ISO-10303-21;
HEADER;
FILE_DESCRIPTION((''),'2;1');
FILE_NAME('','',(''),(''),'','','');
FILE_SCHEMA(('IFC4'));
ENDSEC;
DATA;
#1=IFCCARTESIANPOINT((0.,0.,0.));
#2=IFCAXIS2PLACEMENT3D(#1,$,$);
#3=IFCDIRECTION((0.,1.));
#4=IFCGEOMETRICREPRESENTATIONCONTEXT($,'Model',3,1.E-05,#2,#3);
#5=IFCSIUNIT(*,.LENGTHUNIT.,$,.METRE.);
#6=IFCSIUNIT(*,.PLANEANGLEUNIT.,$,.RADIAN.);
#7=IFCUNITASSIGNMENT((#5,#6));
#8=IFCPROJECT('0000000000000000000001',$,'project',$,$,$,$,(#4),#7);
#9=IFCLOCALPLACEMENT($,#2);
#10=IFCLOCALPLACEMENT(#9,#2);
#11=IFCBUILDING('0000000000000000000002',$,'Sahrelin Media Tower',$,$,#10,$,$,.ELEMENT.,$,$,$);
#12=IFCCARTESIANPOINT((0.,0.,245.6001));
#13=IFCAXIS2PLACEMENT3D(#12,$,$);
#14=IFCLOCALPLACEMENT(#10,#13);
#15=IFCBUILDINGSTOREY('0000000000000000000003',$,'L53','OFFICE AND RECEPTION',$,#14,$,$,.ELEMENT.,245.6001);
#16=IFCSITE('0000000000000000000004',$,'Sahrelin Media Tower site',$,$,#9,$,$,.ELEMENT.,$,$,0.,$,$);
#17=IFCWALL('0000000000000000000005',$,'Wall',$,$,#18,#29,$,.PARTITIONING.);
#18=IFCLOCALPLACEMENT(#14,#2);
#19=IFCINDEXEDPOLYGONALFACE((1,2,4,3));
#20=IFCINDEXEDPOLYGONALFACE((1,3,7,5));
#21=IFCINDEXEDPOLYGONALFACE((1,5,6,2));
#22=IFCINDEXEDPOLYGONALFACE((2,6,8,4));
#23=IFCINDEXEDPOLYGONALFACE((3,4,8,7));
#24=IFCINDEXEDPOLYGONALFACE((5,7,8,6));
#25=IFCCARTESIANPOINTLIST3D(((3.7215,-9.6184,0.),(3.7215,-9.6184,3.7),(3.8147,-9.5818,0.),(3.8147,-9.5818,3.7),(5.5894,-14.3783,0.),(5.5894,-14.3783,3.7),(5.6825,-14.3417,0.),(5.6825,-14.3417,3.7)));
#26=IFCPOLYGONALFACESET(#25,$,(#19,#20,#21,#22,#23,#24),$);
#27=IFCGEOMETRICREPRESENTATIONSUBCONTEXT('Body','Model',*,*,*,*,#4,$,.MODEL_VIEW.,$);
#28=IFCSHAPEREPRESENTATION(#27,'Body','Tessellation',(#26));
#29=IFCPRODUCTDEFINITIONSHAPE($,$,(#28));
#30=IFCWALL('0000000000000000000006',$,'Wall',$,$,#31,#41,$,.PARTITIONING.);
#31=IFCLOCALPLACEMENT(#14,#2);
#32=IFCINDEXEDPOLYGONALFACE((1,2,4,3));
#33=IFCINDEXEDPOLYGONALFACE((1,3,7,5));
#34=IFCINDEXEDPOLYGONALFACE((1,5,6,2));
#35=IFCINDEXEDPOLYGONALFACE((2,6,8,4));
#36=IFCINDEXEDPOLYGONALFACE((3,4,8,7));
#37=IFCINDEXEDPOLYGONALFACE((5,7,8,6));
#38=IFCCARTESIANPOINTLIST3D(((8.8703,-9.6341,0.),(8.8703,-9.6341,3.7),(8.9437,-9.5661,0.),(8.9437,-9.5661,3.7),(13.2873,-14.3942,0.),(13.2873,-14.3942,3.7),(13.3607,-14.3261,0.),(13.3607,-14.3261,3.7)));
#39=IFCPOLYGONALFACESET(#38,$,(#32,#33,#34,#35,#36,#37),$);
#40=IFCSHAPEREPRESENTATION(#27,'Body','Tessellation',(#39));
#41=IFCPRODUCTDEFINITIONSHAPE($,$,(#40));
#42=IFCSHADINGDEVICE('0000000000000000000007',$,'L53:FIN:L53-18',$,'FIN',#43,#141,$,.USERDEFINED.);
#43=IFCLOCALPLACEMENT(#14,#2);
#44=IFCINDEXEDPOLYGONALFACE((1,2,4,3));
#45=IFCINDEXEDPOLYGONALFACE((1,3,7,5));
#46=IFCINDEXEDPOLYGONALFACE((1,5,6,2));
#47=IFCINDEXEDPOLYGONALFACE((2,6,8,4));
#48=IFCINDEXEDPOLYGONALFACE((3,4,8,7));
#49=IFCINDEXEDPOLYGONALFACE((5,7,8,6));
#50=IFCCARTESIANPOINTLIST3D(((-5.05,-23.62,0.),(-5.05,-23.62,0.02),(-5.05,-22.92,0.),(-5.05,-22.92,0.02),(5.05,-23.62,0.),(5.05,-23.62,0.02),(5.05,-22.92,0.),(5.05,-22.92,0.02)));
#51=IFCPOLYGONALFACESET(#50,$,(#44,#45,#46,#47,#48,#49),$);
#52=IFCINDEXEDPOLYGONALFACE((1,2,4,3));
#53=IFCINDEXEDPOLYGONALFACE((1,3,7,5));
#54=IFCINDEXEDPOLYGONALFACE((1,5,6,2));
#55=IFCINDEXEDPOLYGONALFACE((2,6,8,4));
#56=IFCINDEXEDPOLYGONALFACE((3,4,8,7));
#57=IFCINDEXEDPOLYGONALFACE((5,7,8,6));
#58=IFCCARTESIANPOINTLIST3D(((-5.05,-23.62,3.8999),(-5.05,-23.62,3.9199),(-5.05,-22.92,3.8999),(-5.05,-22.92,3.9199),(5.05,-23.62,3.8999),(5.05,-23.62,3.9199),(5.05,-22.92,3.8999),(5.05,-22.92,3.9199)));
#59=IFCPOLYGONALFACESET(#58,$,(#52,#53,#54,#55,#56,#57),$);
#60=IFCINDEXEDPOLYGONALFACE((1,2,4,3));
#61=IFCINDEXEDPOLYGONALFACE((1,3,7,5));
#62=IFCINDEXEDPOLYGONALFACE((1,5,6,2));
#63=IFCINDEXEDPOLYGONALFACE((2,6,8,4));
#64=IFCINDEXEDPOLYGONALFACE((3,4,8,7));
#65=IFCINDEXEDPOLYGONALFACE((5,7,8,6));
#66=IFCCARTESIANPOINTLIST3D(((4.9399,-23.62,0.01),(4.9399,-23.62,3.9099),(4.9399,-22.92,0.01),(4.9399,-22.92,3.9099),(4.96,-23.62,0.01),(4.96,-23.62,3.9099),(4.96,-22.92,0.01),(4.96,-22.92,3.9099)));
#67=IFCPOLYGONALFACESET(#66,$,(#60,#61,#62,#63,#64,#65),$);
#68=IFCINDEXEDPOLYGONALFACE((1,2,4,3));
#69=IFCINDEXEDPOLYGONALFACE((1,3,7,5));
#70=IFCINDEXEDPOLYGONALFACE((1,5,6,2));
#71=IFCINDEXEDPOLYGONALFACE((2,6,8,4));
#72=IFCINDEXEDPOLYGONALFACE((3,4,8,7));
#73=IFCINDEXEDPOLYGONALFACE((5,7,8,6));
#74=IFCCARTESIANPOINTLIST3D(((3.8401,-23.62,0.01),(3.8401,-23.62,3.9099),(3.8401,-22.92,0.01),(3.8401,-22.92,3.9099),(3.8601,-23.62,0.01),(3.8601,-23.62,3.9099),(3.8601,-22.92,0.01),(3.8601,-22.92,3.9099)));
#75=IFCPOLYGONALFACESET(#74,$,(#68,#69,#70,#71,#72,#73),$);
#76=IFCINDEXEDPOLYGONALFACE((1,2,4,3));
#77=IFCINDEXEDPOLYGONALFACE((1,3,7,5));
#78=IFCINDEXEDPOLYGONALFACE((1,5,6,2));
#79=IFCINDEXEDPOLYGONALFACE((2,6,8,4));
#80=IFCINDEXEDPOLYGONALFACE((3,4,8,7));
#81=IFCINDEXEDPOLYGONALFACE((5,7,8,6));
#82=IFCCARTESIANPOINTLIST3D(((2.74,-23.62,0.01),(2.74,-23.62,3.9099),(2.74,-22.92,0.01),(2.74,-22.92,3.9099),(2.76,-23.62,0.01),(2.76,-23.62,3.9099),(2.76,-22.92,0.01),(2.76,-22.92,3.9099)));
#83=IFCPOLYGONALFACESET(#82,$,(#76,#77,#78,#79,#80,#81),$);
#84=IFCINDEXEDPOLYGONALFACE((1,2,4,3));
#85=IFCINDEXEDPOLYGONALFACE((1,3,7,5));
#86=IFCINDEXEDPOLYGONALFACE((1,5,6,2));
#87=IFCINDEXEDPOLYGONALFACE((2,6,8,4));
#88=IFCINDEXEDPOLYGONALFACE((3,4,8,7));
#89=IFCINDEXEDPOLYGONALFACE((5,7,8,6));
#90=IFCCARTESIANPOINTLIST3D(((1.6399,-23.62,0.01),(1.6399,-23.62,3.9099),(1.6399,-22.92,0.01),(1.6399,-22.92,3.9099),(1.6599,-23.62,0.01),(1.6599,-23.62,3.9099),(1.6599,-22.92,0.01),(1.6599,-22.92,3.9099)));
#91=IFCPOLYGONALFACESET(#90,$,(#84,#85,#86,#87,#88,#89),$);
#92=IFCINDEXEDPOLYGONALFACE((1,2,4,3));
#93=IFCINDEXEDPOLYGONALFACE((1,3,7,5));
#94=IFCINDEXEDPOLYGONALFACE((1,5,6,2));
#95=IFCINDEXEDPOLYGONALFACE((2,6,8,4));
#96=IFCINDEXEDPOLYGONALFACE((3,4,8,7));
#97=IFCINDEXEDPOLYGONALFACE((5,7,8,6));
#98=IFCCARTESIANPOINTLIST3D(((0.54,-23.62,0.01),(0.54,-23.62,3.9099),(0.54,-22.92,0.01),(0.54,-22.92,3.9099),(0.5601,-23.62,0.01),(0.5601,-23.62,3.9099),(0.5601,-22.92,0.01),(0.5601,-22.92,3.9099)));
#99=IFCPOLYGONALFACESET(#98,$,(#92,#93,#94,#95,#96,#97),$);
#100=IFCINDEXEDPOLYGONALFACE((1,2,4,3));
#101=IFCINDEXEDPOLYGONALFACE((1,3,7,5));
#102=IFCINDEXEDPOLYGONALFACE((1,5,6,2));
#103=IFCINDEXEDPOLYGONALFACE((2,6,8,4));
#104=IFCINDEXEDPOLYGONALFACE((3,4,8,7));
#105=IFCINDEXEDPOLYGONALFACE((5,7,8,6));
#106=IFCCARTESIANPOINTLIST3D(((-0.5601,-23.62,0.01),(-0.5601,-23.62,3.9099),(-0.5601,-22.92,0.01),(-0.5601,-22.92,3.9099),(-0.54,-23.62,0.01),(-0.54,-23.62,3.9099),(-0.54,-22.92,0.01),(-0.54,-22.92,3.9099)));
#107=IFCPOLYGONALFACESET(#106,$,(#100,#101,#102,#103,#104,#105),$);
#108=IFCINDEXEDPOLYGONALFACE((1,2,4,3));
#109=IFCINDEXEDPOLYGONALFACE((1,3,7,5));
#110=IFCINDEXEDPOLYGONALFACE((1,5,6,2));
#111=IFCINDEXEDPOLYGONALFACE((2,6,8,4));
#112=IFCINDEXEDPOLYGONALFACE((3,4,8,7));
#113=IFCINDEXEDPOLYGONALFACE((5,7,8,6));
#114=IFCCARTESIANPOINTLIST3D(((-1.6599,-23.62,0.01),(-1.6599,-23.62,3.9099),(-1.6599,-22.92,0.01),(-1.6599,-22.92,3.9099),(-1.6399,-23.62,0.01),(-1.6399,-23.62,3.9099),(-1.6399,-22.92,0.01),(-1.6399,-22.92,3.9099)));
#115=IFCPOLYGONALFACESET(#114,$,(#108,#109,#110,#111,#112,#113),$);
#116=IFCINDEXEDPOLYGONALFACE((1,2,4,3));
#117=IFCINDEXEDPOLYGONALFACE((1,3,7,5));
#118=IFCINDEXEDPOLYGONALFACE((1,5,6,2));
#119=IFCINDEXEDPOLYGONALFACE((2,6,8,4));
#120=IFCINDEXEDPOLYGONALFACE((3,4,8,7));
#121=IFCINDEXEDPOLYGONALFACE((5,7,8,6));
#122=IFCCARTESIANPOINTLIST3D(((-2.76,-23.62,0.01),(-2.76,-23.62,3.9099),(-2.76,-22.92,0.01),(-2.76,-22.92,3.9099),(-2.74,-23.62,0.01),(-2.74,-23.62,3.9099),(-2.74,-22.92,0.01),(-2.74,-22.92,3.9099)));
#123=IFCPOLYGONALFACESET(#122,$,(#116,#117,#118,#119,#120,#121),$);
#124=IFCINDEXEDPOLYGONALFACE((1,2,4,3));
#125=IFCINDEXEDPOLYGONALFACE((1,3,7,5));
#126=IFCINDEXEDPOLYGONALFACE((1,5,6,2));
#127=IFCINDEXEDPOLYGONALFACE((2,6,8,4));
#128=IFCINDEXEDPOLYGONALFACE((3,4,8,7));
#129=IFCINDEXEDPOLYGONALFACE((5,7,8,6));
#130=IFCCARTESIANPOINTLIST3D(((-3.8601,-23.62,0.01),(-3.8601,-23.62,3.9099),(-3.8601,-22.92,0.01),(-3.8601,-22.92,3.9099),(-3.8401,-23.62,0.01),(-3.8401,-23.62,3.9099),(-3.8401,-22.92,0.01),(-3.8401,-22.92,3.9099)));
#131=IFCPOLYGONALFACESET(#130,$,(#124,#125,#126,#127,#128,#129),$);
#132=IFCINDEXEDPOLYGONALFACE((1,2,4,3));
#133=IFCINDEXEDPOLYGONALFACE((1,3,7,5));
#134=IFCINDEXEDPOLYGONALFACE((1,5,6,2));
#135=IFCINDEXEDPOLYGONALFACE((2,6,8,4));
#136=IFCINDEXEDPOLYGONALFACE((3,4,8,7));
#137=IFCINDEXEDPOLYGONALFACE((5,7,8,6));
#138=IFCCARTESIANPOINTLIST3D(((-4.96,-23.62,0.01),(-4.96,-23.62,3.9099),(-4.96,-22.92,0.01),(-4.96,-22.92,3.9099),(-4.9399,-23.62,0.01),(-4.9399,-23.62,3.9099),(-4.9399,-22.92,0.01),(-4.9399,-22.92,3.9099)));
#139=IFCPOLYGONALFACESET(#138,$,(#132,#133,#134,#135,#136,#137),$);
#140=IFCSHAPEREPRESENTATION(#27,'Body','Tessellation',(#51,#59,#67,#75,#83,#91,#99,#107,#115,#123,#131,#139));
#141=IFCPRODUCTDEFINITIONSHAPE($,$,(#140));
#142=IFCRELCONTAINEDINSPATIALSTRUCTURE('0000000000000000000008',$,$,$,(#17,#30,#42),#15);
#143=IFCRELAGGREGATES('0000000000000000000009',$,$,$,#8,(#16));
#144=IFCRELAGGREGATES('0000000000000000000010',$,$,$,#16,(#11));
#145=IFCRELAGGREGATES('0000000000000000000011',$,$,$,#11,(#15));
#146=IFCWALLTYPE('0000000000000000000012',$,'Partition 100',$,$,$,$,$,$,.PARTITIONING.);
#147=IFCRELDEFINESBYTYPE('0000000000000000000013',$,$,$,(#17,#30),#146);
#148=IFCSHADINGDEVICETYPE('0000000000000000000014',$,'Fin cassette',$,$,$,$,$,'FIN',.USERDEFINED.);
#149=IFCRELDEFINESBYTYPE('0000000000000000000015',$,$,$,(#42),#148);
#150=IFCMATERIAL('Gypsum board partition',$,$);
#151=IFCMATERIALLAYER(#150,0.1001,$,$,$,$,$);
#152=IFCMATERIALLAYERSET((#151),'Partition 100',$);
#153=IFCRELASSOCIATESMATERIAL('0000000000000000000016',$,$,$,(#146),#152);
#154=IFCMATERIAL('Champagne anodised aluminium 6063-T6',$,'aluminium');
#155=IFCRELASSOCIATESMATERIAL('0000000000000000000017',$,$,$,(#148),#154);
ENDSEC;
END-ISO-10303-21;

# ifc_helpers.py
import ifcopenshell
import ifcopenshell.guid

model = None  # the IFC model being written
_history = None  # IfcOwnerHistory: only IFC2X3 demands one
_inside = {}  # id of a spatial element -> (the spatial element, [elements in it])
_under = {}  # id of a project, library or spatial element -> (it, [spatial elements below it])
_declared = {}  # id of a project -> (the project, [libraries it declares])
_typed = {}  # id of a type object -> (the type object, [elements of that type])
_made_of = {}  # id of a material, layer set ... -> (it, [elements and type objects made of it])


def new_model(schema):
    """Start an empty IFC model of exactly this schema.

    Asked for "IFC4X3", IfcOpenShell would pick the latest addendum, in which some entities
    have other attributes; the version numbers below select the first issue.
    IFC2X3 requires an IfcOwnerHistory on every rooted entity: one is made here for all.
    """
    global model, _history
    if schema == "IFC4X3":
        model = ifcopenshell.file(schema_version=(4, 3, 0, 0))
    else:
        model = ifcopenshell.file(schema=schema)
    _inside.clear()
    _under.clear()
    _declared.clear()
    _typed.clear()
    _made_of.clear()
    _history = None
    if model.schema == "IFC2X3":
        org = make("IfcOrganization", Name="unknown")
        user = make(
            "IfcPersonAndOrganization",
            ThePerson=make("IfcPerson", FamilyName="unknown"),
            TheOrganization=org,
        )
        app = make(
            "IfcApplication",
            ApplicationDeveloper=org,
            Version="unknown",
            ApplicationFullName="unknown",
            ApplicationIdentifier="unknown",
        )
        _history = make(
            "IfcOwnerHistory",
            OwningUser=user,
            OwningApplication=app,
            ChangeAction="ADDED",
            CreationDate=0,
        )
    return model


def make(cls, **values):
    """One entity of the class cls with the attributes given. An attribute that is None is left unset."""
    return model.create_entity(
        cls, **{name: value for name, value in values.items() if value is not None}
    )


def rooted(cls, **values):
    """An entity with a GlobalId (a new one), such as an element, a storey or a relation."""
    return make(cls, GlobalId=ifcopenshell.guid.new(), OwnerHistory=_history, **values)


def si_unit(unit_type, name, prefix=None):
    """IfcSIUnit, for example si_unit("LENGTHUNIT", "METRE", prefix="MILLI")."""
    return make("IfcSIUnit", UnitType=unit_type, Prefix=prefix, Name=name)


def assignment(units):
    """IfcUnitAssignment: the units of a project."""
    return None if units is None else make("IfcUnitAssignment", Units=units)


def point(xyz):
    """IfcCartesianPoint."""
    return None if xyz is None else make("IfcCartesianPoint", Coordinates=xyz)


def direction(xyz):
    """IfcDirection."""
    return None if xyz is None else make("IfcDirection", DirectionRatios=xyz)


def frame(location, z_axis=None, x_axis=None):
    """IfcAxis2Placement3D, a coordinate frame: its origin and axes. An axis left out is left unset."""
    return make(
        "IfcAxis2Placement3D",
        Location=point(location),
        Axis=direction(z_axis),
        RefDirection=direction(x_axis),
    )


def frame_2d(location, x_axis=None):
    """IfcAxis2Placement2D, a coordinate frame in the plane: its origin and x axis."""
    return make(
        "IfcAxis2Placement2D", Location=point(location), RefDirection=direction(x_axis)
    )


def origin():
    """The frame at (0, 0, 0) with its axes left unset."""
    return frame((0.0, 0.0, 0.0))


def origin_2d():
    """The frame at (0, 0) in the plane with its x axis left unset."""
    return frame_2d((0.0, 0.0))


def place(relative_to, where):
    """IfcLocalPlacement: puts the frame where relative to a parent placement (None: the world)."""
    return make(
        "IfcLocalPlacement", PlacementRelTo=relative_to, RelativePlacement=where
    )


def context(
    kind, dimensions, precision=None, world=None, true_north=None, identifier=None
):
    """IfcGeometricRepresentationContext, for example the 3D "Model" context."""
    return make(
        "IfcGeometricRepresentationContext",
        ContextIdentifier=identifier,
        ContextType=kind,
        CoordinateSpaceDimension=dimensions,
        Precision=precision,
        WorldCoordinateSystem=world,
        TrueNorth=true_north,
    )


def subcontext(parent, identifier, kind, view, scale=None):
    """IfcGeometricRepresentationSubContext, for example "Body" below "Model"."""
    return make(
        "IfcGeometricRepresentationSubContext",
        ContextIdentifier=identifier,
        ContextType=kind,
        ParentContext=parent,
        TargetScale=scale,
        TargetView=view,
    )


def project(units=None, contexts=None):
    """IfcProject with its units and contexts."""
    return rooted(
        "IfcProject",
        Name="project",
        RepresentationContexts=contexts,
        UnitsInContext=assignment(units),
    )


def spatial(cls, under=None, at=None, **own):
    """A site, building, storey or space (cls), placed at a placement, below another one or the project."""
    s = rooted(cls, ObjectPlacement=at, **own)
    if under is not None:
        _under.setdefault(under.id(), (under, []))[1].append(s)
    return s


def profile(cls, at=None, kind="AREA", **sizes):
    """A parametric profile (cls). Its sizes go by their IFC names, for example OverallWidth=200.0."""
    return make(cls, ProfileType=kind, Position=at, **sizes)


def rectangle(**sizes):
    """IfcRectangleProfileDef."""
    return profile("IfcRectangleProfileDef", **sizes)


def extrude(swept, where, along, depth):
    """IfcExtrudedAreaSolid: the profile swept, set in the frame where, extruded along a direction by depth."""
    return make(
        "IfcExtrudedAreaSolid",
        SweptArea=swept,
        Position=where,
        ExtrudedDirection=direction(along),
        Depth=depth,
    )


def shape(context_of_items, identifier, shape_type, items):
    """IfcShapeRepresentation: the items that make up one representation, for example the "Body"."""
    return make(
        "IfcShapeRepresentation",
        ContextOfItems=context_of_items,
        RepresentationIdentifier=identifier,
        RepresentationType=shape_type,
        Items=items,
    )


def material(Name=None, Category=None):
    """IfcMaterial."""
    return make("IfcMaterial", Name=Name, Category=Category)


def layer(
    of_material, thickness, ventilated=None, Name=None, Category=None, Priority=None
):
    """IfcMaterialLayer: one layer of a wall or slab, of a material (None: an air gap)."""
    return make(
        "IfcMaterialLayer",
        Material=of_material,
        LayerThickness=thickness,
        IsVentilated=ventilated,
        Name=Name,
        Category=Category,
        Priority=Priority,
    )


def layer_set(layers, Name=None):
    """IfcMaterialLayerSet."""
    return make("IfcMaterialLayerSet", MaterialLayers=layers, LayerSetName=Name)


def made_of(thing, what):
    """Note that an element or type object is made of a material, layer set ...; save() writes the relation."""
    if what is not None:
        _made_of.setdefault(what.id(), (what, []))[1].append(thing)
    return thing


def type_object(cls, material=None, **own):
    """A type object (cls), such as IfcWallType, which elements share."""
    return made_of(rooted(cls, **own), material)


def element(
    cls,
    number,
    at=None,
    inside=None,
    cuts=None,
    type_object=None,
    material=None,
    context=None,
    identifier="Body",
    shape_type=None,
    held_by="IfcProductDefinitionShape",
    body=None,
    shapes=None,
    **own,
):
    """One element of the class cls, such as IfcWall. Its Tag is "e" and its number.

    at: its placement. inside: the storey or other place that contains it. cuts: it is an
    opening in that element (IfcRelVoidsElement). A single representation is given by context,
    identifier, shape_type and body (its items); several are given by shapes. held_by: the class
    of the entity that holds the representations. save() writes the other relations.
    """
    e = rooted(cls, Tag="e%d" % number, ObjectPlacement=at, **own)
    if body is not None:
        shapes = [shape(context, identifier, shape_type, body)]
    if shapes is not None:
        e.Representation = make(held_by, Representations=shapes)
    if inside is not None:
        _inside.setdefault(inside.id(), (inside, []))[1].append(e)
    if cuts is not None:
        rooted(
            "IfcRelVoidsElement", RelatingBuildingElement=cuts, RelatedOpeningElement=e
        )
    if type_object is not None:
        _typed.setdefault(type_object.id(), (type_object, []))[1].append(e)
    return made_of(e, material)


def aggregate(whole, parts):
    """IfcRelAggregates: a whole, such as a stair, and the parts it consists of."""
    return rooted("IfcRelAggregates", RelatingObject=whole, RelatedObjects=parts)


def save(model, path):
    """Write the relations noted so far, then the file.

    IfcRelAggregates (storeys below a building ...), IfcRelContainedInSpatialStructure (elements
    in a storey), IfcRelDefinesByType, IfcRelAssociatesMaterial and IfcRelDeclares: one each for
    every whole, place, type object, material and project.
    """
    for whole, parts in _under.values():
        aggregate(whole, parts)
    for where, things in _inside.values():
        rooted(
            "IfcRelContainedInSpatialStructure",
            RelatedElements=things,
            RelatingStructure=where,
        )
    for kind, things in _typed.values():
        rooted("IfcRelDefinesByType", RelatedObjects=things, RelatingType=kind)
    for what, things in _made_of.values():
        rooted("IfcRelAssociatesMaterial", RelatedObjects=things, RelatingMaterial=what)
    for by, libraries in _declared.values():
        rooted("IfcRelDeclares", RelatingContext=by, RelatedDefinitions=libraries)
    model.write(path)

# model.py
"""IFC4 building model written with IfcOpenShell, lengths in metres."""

from ifc_helpers import new_model, si_unit, direction, frame, frame_2d, origin, origin_2d, place, context, subcontext, project, spatial, rectangle, extrude, material, layer, layer_set, type_object, element, save


model = new_model("IFC4")

# Units and contexts
model_context = context("Model", 3, precision=1e-05, world=origin(), true_north=direction((0.0, 1.0)))
body_context = subcontext(model_context, "Body", "Model", "MODEL_VIEW")
ifc_project = project(units=[si_unit("LENGTHUNIT", "METRE"), si_unit("PLANEANGLEUNIT", "RADIAN")], contexts=[model_context])

# Site, building, storey
site_placement = place(None, origin())
site = spatial("IfcSite", under=ifc_project, at=site_placement, Name="Sahrelin Media Tower site", CompositionType="ELEMENT", RefElevation=0.0)
building_placement = place(site_placement, origin())
building = spatial("IfcBuilding", under=site, at=building_placement, Name="Sahrelin Media Tower", CompositionType="ELEMENT")
storey_placement = place(building_placement, frame((0.0, 0.0, 245.6001)))
storey = spatial("IfcBuildingStorey", under=building, at=storey_placement, Name="L53", Description="OFFICE AND RECEPTION", CompositionType="ELEMENT", Elevation=245.6001)

# Shared definitions
ifc_material_1 = material(Name="Champagne anodised aluminium 6063-T6", Category="aluminium")

# Walls
ifc_material_2 = material(Name="Gypsum board partition")
ifc_layer_1 = layer(ifc_material_2, 0.1001)
ifc_layer_set_1 = layer_set([ifc_layer_1], Name="Partition 100")
wall_type_1 = type_object("IfcWallType", Name="Partition 100", PredefinedType="PARTITIONING", material=ifc_layer_set_1)
wall_1_placement = place(storey_placement, frame((3.7681, -9.6001, 0.0), z_axis=(0.0, 0.0, 1.0), x_axis=(0.365299, -0.93089, 0.0)))
element("IfcWall", 1, at=wall_1_placement, inside=storey, type_object=wall_type_1, Name="Wall", PredefinedType="PARTITIONING", context=body_context, shape_type="SweptSolid", body=[
    extrude(rectangle(XDim=5.1133, YDim=0.1001, at=frame_2d((2.5566, 0.0))), origin(), (0.0, 0.0, 1.0), 3.7),
])
wall_2_placement = place(storey_placement, frame((8.907, -9.6001, 0.0), z_axis=(0.0, 0.0, 1.0), x_axis=(0.680202, -0.733025, 0.0)))
element("IfcWall", 2, at=wall_2_placement, inside=storey, type_object=wall_type_1, Name="Wall", PredefinedType="PARTITIONING", context=body_context, shape_type="SweptSolid", body=[
    extrude(rectangle(XDim=6.4937, YDim=0.1001, at=frame_2d((3.2468, 0.0))), origin(), (0.0, 0.0, 1.0), 3.7),
])

# Shading device
shading_device_type_1 = type_object("IfcShadingDeviceType", Name="Fin cassette", ElementType="FIN", PredefinedType="USERDEFINED", material=ifc_material_1)
placement_1 = place(storey_placement, frame((0.0, -22.8501, 0.0), z_axis=(0.0, 0.0, 1.0), x_axis=(-1.0, 0.0, 0.0)))
element("IfcShadingDevice", 3, at=placement_1, inside=storey, type_object=shading_device_type_1, Name="L53:FIN:L53-18", ObjectType="FIN", PredefinedType="USERDEFINED", context=body_context, shape_type="SweptSolid", body=[
    extrude(rectangle(XDim=10.1001, YDim=0.7, at=origin_2d()), frame((0.0, 0.4199, 0.0)), (0.0, 0.0, 1.0), 0.02),
    extrude(rectangle(XDim=10.1001, YDim=0.7, at=origin_2d()), frame((0.0, 0.4199, 3.8999)), (0.0, 0.0, 1.0), 0.02),
    extrude(rectangle(XDim=0.02, YDim=0.7, at=origin_2d()), frame((-4.95, 0.4199, 0.01), z_axis=(0.0, 0.0, 1.0), x_axis=(1.0, 0.0, 0.0)), (0.0, 0.0, 1.0), 3.8999),
    extrude(rectangle(XDim=0.02, YDim=0.7, at=origin_2d()), frame((-3.8501, 0.4199, 0.01), z_axis=(0.0, 0.0, 1.0), x_axis=(1.0, 0.0, 0.0)), (0.0, 0.0, 1.0), 3.8999),
    extrude(rectangle(XDim=0.02, YDim=0.7, at=origin_2d()), frame((-2.75, 0.4199, 0.01), z_axis=(0.0, 0.0, 1.0), x_axis=(1.0, 0.0, 0.0)), (0.0, 0.0, 1.0), 3.8999),
    extrude(rectangle(XDim=0.02, YDim=0.7, at=origin_2d()), frame((-1.6499, 0.4199, 0.01), z_axis=(0.0, 0.0, 1.0), x_axis=(1.0, 0.0, 0.0)), (0.0, 0.0, 1.0), 3.8999),
    extrude(rectangle(XDim=0.02, YDim=0.7, at=origin_2d()), frame((-0.55, 0.4199, 0.01), z_axis=(0.0, 0.0, 1.0), x_axis=(1.0, 0.0, 0.0)), (0.0, 0.0, 1.0), 3.8999),
    extrude(rectangle(XDim=0.02, YDim=0.7, at=origin_2d()), frame((0.55, 0.4199, 0.01), z_axis=(0.0, 0.0, 1.0), x_axis=(1.0, 0.0, 0.0)), (0.0, 0.0, 1.0), 3.8999),
    extrude(rectangle(XDim=0.02, YDim=0.7, at=origin_2d()), frame((1.6499, 0.4199, 0.01), z_axis=(0.0, 0.0, 1.0), x_axis=(1.0, 0.0, 0.0)), (0.0, 0.0, 1.0), 3.8999),
    extrude(rectangle(XDim=0.02, YDim=0.7, at=origin_2d()), frame((2.75, 0.4199, 0.01), z_axis=(0.0, 0.0, 1.0), x_axis=(1.0, 0.0, 0.0)), (0.0, 0.0, 1.0), 3.8999),
    extrude(rectangle(XDim=0.02, YDim=0.7, at=origin_2d()), frame((3.8501, 0.4199, 0.01), z_axis=(0.0, 0.0, 1.0), x_axis=(1.0, 0.0, 0.0)), (0.0, 0.0, 1.0), 3.8999),
    extrude(rectangle(XDim=0.02, YDim=0.7, at=origin_2d()), frame((4.95, 0.4199, 0.01), z_axis=(0.0, 0.0, 1.0), x_axis=(1.0, 0.0, 0.0)), (0.0, 0.0, 1.0), 3.8999),
])

save(model, "model.ifc")
